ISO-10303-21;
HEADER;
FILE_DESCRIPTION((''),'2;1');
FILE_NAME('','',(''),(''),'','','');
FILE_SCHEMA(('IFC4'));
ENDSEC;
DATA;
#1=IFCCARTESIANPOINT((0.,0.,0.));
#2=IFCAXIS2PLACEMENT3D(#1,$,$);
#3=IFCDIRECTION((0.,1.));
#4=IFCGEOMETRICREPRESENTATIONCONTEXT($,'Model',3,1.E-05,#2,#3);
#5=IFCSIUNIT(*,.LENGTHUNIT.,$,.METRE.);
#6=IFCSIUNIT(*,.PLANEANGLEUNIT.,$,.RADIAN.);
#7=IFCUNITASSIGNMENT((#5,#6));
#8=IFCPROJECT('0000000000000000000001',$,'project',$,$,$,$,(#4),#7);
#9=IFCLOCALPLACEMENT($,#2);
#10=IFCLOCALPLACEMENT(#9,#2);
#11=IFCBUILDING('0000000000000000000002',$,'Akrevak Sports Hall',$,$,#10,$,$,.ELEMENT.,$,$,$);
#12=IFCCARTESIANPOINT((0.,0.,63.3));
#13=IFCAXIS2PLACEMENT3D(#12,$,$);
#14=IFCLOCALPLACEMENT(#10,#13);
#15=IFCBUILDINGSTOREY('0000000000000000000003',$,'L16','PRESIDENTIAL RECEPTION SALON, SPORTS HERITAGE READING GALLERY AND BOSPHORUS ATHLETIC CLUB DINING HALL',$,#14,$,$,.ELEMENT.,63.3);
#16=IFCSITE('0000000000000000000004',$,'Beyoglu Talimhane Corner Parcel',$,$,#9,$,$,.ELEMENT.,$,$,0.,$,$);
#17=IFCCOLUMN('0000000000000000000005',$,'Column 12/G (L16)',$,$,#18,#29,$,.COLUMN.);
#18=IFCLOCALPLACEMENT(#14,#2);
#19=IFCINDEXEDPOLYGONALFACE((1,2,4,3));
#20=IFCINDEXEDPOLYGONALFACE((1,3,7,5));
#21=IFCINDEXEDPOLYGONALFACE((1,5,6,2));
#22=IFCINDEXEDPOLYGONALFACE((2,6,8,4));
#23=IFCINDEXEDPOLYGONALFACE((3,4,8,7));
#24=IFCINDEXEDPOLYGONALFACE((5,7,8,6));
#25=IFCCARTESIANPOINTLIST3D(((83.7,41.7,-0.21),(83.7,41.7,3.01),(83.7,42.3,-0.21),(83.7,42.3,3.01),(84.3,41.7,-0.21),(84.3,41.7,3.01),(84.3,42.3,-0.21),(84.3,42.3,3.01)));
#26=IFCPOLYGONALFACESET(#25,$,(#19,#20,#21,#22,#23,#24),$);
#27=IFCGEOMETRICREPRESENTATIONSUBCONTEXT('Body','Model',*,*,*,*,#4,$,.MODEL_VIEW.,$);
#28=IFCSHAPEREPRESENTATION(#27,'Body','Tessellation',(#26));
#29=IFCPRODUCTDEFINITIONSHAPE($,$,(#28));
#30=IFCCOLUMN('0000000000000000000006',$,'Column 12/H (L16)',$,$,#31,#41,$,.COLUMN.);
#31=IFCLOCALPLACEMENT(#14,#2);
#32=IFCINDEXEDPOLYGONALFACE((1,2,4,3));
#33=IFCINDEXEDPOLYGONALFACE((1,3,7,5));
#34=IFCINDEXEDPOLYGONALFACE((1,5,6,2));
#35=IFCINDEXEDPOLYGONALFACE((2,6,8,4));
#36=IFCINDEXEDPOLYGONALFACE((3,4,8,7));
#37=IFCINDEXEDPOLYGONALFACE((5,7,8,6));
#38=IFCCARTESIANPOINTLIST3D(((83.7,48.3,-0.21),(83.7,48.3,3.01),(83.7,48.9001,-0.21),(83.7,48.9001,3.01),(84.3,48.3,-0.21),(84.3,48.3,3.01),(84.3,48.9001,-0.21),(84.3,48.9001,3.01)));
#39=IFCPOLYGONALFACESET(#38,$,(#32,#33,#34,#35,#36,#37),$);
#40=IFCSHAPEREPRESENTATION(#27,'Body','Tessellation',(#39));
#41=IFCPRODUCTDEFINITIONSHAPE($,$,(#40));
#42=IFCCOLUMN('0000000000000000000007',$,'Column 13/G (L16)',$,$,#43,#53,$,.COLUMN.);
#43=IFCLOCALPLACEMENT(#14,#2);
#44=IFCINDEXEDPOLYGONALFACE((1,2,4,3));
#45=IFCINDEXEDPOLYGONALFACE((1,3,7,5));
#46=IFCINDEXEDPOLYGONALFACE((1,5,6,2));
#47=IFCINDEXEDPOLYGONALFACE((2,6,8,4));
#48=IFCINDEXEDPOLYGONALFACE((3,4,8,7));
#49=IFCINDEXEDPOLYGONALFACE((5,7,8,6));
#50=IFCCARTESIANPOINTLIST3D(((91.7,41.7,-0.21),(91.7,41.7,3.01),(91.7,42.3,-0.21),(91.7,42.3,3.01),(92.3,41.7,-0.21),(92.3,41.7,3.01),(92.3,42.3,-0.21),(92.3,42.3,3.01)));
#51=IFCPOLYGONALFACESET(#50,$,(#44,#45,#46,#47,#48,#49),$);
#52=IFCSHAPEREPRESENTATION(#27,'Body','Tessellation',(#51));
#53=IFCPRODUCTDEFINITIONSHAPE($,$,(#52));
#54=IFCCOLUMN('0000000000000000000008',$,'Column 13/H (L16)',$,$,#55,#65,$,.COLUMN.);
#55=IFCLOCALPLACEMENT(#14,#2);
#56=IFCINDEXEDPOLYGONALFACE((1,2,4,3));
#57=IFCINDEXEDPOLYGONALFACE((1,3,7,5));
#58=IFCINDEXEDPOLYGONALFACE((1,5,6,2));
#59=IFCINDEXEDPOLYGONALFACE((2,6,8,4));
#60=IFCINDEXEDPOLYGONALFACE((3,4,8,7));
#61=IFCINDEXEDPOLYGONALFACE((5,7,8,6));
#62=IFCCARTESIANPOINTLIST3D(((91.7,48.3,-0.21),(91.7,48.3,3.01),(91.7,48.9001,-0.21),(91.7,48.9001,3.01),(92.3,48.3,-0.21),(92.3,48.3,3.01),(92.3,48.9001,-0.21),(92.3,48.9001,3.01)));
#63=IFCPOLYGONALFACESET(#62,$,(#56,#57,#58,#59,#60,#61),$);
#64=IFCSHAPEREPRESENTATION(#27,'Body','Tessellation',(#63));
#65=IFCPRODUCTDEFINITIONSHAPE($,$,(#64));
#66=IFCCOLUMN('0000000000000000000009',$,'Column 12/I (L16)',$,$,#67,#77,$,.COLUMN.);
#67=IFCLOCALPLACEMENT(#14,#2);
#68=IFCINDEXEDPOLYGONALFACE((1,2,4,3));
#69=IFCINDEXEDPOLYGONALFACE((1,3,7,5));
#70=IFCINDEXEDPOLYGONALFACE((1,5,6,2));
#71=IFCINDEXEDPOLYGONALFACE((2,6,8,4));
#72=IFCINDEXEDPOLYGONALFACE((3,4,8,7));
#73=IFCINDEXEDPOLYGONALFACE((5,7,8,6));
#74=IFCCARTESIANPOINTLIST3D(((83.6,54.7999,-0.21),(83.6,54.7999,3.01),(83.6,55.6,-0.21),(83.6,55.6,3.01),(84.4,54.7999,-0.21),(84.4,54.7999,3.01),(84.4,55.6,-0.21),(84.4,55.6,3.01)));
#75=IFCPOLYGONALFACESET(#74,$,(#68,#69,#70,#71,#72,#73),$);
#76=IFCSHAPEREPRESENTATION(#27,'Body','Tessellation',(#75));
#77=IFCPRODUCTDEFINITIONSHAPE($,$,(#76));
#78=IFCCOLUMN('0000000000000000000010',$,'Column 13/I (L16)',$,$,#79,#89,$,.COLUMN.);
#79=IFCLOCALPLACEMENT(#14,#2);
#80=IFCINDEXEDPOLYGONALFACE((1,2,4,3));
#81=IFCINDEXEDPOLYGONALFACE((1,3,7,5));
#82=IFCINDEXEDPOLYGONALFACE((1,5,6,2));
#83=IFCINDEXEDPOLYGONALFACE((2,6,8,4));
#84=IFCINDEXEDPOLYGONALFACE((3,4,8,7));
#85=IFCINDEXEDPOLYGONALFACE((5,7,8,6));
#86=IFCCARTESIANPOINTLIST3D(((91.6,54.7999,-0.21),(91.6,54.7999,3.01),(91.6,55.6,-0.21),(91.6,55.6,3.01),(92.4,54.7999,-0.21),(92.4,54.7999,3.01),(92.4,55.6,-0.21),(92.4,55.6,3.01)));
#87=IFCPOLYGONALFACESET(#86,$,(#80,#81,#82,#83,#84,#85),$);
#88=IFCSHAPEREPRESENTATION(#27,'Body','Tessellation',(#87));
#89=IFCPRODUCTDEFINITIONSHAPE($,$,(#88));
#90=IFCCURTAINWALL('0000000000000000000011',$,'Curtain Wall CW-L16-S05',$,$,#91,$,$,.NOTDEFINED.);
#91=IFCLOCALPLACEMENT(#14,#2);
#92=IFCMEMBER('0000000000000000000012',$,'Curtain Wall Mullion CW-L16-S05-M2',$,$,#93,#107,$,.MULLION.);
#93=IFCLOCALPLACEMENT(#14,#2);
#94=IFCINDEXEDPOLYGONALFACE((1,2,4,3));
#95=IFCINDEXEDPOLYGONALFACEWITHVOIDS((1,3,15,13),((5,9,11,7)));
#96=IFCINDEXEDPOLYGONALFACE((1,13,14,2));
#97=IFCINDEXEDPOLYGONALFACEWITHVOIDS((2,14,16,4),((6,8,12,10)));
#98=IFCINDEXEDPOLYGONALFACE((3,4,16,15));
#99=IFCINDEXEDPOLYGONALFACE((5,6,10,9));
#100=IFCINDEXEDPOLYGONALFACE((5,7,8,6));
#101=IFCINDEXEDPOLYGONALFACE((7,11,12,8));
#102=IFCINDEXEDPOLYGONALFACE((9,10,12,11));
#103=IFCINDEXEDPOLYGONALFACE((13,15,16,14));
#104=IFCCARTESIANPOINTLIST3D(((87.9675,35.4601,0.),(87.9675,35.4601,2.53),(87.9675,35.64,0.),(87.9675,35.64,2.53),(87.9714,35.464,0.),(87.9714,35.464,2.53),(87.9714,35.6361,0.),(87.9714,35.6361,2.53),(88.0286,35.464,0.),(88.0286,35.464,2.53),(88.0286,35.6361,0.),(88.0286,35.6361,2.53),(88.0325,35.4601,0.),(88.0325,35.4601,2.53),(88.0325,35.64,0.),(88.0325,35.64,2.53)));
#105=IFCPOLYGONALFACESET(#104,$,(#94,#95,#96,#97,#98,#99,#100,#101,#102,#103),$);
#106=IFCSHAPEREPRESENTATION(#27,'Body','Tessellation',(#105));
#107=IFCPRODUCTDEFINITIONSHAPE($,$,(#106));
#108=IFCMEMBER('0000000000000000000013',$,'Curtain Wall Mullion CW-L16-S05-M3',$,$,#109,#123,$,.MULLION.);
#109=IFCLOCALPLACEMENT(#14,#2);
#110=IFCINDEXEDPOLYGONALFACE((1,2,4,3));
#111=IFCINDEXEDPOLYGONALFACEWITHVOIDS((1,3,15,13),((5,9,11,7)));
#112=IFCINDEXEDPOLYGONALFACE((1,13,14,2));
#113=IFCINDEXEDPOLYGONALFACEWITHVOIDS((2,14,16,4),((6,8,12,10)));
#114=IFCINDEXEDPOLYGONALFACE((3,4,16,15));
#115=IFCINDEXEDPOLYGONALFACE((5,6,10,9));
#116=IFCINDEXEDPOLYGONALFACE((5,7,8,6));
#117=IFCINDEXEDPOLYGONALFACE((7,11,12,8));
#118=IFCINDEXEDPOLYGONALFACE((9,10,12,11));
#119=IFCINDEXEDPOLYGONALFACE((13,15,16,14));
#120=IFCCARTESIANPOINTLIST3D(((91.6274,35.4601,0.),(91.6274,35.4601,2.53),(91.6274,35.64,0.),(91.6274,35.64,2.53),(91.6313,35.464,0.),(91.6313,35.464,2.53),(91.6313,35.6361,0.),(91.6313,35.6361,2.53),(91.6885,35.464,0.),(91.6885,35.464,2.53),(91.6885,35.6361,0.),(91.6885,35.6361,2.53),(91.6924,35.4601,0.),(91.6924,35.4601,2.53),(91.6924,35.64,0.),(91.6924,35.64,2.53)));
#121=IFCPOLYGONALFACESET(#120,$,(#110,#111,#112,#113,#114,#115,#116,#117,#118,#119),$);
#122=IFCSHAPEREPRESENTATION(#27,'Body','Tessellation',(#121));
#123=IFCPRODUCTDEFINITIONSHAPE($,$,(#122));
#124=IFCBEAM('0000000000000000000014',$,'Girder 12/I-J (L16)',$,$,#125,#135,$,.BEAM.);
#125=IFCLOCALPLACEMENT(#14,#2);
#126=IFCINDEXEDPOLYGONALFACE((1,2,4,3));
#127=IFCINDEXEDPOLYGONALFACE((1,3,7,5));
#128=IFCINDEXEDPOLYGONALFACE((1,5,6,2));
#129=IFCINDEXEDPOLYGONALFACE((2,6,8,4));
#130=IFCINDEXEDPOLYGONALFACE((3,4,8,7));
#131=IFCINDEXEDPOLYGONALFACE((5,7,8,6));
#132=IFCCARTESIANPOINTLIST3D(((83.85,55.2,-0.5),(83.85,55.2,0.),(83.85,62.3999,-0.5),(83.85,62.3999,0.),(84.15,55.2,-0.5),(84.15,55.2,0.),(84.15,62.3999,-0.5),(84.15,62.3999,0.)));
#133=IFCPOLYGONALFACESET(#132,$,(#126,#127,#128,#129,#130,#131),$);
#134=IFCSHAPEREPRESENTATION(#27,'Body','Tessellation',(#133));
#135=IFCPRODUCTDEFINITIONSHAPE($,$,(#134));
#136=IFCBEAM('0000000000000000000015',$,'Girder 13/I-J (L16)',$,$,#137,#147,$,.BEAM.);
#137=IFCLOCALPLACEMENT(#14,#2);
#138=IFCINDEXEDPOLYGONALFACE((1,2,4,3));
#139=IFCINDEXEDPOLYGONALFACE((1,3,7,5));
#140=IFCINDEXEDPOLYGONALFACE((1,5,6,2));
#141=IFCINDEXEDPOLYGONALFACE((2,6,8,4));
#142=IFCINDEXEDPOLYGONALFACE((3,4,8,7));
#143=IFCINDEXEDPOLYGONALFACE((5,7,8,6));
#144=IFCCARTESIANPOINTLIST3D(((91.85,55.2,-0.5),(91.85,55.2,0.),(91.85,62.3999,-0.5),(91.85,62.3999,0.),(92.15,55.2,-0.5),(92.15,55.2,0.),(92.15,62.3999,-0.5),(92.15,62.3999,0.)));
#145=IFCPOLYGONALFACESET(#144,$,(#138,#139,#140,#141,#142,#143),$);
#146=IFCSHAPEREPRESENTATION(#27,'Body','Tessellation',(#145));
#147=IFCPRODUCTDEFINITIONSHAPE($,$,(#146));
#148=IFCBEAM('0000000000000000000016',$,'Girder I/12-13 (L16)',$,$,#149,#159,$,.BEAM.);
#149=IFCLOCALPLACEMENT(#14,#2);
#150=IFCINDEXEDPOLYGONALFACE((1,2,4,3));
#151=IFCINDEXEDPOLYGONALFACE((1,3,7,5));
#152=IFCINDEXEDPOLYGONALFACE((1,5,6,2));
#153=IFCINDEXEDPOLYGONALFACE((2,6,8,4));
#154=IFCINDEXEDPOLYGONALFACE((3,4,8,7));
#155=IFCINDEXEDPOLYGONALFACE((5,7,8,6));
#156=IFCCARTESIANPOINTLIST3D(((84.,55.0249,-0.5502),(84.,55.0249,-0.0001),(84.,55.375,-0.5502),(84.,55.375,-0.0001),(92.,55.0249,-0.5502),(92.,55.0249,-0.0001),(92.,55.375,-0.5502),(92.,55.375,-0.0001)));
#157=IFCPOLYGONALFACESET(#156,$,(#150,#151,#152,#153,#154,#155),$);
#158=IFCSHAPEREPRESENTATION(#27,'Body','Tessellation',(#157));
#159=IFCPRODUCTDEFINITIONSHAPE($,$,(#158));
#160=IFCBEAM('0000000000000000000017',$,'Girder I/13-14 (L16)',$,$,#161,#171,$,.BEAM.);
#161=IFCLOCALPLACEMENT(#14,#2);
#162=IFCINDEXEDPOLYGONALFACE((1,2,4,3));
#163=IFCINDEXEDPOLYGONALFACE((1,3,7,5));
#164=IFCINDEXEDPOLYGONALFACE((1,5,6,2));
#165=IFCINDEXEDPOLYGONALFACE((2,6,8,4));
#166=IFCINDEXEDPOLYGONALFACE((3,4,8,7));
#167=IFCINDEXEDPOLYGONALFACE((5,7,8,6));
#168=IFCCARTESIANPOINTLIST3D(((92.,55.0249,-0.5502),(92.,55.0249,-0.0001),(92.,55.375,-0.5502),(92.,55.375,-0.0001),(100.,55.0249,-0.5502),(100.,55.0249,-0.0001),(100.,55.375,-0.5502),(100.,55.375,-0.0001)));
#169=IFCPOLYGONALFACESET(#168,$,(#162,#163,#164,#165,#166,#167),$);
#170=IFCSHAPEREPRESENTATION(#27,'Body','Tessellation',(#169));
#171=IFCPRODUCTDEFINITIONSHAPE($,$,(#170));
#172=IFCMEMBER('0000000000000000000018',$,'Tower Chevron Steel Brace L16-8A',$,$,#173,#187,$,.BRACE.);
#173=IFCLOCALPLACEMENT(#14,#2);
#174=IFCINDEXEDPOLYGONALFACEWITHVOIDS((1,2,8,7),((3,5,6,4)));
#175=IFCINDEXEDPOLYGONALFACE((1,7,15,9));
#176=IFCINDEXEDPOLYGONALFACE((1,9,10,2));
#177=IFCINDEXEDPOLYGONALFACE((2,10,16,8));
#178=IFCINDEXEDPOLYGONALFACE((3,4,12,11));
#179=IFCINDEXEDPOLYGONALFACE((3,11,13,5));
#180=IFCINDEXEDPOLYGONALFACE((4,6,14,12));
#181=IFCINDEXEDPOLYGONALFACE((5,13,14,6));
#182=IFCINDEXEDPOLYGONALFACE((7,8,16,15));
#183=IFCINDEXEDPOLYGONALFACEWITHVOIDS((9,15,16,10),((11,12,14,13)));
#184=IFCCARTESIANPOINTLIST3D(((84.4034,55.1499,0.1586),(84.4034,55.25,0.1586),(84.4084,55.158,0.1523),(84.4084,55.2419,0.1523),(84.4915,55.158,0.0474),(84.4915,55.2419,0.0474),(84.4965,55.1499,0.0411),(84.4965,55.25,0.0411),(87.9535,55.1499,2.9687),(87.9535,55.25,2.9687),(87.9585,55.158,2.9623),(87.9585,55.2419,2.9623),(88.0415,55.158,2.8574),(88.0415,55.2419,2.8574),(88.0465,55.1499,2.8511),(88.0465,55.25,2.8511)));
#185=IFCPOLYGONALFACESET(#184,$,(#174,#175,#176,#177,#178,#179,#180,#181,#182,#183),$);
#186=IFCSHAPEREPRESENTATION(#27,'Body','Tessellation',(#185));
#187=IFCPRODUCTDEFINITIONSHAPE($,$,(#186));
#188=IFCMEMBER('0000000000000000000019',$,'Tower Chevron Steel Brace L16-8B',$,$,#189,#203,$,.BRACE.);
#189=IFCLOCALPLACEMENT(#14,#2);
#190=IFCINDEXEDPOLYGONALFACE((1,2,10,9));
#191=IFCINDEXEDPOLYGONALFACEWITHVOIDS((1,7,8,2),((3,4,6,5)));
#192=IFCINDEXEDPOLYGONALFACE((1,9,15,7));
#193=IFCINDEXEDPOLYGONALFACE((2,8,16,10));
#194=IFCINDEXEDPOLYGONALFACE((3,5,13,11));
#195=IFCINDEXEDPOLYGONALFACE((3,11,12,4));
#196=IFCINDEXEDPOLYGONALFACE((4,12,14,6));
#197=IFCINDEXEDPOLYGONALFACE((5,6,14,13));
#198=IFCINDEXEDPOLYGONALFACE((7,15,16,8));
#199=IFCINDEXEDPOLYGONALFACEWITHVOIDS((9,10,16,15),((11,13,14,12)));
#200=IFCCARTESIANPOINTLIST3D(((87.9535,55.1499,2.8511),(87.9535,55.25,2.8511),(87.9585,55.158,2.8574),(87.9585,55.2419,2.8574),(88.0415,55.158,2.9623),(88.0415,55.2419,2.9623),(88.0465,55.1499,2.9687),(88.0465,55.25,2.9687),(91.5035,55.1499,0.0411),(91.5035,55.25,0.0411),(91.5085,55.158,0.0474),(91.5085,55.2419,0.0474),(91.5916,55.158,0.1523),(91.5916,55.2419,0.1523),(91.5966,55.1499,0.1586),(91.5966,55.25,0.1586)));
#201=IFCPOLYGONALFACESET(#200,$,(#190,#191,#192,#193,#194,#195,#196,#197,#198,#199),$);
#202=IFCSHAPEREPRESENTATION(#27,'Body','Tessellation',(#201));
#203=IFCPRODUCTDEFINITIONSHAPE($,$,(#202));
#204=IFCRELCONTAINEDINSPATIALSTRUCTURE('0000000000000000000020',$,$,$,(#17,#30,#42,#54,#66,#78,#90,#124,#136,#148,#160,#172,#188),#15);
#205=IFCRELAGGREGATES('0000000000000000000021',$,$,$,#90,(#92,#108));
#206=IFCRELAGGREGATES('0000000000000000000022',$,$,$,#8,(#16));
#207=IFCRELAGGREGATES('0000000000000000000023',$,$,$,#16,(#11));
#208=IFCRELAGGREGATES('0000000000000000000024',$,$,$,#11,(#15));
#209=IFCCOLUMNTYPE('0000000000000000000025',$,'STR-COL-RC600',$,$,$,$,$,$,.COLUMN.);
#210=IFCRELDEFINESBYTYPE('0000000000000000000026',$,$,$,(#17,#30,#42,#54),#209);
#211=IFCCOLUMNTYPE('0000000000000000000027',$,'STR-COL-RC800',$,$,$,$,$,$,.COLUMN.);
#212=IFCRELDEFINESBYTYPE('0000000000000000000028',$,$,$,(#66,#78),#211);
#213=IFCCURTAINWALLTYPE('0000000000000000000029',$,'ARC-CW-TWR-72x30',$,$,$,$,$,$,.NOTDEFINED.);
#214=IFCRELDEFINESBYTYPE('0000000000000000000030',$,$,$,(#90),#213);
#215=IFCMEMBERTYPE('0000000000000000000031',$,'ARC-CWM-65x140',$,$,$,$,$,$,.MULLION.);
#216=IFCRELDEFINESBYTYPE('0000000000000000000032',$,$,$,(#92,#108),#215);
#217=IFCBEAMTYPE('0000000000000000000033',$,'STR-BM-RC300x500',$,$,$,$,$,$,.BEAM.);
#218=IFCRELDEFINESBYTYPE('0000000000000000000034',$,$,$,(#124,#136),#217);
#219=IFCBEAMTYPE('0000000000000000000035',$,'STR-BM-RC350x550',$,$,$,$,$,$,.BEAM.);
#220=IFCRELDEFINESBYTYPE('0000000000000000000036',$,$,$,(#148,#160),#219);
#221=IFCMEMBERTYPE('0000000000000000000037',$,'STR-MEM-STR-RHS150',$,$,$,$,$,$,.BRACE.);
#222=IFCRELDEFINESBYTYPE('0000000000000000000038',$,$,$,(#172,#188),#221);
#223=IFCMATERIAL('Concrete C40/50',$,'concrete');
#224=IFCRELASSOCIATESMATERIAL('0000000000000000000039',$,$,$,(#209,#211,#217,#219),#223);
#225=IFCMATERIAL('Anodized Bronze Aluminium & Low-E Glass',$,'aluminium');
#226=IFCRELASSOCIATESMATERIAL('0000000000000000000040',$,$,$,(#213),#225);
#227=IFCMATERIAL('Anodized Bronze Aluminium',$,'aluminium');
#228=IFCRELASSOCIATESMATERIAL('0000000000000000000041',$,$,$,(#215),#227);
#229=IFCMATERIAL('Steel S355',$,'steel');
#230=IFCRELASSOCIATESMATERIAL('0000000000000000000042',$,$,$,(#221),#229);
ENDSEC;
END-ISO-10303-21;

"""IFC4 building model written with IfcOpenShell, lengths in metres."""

from ifc_helpers import new_model, si_unit, direction, frame, origin, origin_2d, place, context, subcontext, project, spatial, rectangle, hollow_rectangle, extrude, material, material_profile, profile_set, type_object, element, aggregate, save


model = new_model("IFC4")

# Units and contexts
model_context = context("Model", 3, precision=1e-05, world=origin(), true_north=direction((0.0, 1.0)))
body_context = subcontext(model_context, "Body", "Model", "MODEL_VIEW")
ifc_project = project(units=[si_unit("LENGTHUNIT", "METRE"), si_unit("PLANEANGLEUNIT", "RADIAN")], contexts=[model_context])

# Site, building, storey
site_placement = place(None, origin())
site = spatial("IfcSite", under=ifc_project, at=site_placement, Name="Beyoglu Talimhane Corner Parcel", CompositionType="ELEMENT", RefElevation=0.0)
building_placement = place(site_placement, origin())
building = spatial("IfcBuilding", under=site, at=building_placement, Name="Akrevak Sports Hall", CompositionType="ELEMENT")
storey_placement = place(building_placement, frame((0.0, 0.0, 63.3)))
storey = spatial("IfcBuildingStorey", under=building, at=storey_placement, Name="L16", Description="PRESIDENTIAL RECEPTION SALON, SPORTS HERITAGE READING GALLERY AND BOSPHORUS ATHLETIC CLUB DINING HALL", CompositionType="ELEMENT", Elevation=63.3)

# Columns
ifc_material_1 = material(Name="Concrete C40/50", Category="concrete")
ifc_material_profile_1 = material_profile(ifc_material_1, rectangle(XDim=0.6001, YDim=0.6001, at=origin_2d()), Name="RC 600x600", Category="concrete")
ifc_profile_set_1 = profile_set([ifc_material_profile_1], Name="Concrete C40/50")
column_type_1 = type_object("IfcColumnType", Name="STR-COL-RC600", PredefinedType="COLUMN", material=ifc_profile_set_1)
for number, where, z_axis, x_axis, name in (
    (1, (84.0, 42.0, -0.21), (0.0, 0.0, 1.0), (1.0, 0.0, 0.0), "Column 12/G (L16)"),
    (2, (84.0, 48.6001, -0.21), (0.0, 0.0, 1.0), (1.0, 0.0, 0.0), "Column 12/H (L16)"),
    (3, (92.0, 42.0, -0.21), (0.0, 0.0, 1.0), (1.0, 0.0, 0.0), "Column 13/G (L16)"),
    (4, (92.0, 48.6001, -0.21), (0.0, 0.0, 1.0), (1.0, 0.0, 0.0), "Column 13/H (L16)"),
):
    element("IfcColumn", number, at=place(storey_placement, frame(where, z_axis=z_axis, x_axis=x_axis)), inside=storey, type_object=column_type_1, Name=name, PredefinedType="COLUMN", context=body_context, shape_type="SweptSolid", body=[
        extrude(rectangle(XDim=0.6001, YDim=0.6001, at=origin_2d()), origin(), (0.0, 0.0, 1.0), 3.22),
    ])
ifc_material_profile_2 = material_profile(ifc_material_1, rectangle(XDim=0.8, YDim=0.8, at=origin_2d()), Name="RC 800x800", Category="concrete")
ifc_profile_set_2 = profile_set([ifc_material_profile_2], Name="Concrete C40/50")
column_type_2 = type_object("IfcColumnType", Name="STR-COL-RC800", PredefinedType="COLUMN", material=ifc_profile_set_2)
for number, where, z_axis, x_axis, name in (
    (5, (84.0, 55.2, -0.21), (0.0, 0.0, 1.0), (1.0, 0.0, 0.0), "Column 12/I (L16)"),
    (6, (92.0, 55.2, -0.21), (0.0, 0.0, 1.0), (1.0, 0.0, 0.0), "Column 13/I (L16)"),
):
    element("IfcColumn", number, at=place(storey_placement, frame(where, z_axis=z_axis, x_axis=x_axis)), inside=storey, type_object=column_type_2, Name=name, PredefinedType="COLUMN", context=body_context, shape_type="SweptSolid", body=[
        extrude(rectangle(XDim=0.8, YDim=0.8, at=origin_2d()), origin(), (0.0, 0.0, 1.0), 3.22),
    ])

# Curtain wall, members
ifc_material_2 = material(Name="Anodized Bronze Aluminium & Low-E Glass", Category="aluminium")
curtain_wall_type = type_object("IfcCurtainWallType", Name="ARC-CW-TWR-72x30", PredefinedType="NOTDEFINED", material=ifc_material_2)
curtain_wall_placement = place(storey_placement, origin())
curtain_wall = element("IfcCurtainWall", 7, at=curtain_wall_placement, inside=storey, type_object=curtain_wall_type, Name="Curtain Wall CW-L16-S05", PredefinedType="NOTDEFINED")
ifc_material_3 = material(Name="Anodized Bronze Aluminium", Category="aluminium")
ifc_material_profile_3 = material_profile(ifc_material_3, hollow_rectangle(XDim=0.0649, YDim=0.1799, WallThickness=0.0039, at=origin_2d()), Name="CWM 65x180", Category="aluminium")
ifc_profile_set_3 = profile_set([ifc_material_profile_3], Name="Anodized Bronze Aluminium")
member_type_1 = type_object("IfcMemberType", Name="ARC-CWM-65x140", PredefinedType="MULLION", material=ifc_profile_set_3)
member_1_placement = place(storey_placement, frame((88.0, 35.55, 0.0), z_axis=(0.0, 0.0, 1.0), x_axis=(1.0, 0.0, 0.0)))
member_1 = element("IfcMember", 8, at=member_1_placement, type_object=member_type_1, Name="Curtain Wall Mullion CW-L16-S05-M2", PredefinedType="MULLION", context=body_context, shape_type="SweptSolid", body=[
    extrude(hollow_rectangle(XDim=0.0649, YDim=0.1799, WallThickness=0.0039, at=origin_2d()), origin(), (0.0, 0.0, 1.0), 2.53),
])
member_2_placement = place(storey_placement, frame((91.6599, 35.55, 0.0), z_axis=(0.0, 0.0, 1.0), x_axis=(1.0, 0.0, 0.0)))
member_2 = element("IfcMember", 9, at=member_2_placement, type_object=member_type_1, Name="Curtain Wall Mullion CW-L16-S05-M3", PredefinedType="MULLION", context=body_context, shape_type="SweptSolid", body=[
    extrude(hollow_rectangle(XDim=0.0649, YDim=0.1799, WallThickness=0.0039, at=origin_2d()), origin(), (0.0, 0.0, 1.0), 2.53),
])

# Beams
ifc_material_profile_4 = material_profile(ifc_material_1, rectangle(XDim=0.3, YDim=0.5, at=origin_2d()), Name="BM 300x500", Category="concrete")
ifc_profile_set_4 = profile_set([ifc_material_profile_4], Name="Concrete C40/50")
beam_type_1 = type_object("IfcBeamType", Name="STR-BM-RC300x500", PredefinedType="BEAM", material=ifc_profile_set_4)
for number, where, z_axis, x_axis, name in (
    (10, (84.0, 55.2, -0.25), (0.0, 1.0, 0.0), (-1.0, 0.0, 0.0), "Girder 12/I-J (L16)"),
    (11, (92.0, 55.2, -0.25), (0.0, 1.0, 0.0), (-1.0, 0.0, 0.0), "Girder 13/I-J (L16)"),
):
    element("IfcBeam", number, at=place(storey_placement, frame(where, z_axis=z_axis, x_axis=x_axis)), inside=storey, type_object=beam_type_1, Name=name, PredefinedType="BEAM", context=body_context, shape_type="SweptSolid", body=[
        extrude(rectangle(XDim=0.3, YDim=0.5, at=origin_2d()), origin(), (0.0, 0.0, 1.0), 7.2),
    ])
ifc_material_profile_5 = material_profile(ifc_material_1, rectangle(XDim=0.3501, YDim=0.55, at=origin_2d()), Name="BM 350x550", Category="concrete")
ifc_profile_set_5 = profile_set([ifc_material_profile_5], Name="Concrete C40/50")
beam_type_2 = type_object("IfcBeamType", Name="STR-BM-RC350x550", PredefinedType="BEAM", material=ifc_profile_set_5)
for number, where, z_axis, x_axis, name in (
    (12, (84.0, 55.2, -0.2751), (1.0, 0.0, 0.0), (0.0, 1.0, 0.0), "Girder I/12-13 (L16)"),
    (13, (92.0, 55.2, -0.2751), (1.0, 0.0, 0.0), (0.0, 1.0, 0.0), "Girder I/13-14 (L16)"),
):
    element("IfcBeam", number, at=place(storey_placement, frame(where, z_axis=z_axis, x_axis=x_axis)), inside=storey, type_object=beam_type_2, Name=name, PredefinedType="BEAM", context=body_context, shape_type="SweptSolid", body=[
        extrude(rectangle(XDim=0.3501, YDim=0.55, at=origin_2d()), origin(), (0.0, 0.0, 1.0), 8.0),
    ])

# Members
ifc_material_4 = material(Name="Steel S355", Category="steel")
ifc_material_profile_6 = material_profile(ifc_material_4, hollow_rectangle(XDim=0.1001, YDim=0.1499, WallThickness=0.0081, at=origin_2d()), Name="RHS 150x100x8", Category="steel")
ifc_profile_set_6 = profile_set([ifc_material_profile_6], Name="Steel S355")
member_type_2 = type_object("IfcMemberType", Name="STR-MEM-STR-RHS150", PredefinedType="BRACE", material=ifc_profile_set_6)
for number, where, z_axis, x_axis, name in (
    (14, (84.45, 55.2, 0.0999), (0.784088, 0.0, 0.620649), (0.0, 1.0, 0.0), "Tower Chevron Steel Brace L16-8A"),
    (15, (91.55, 55.2, 0.0999), (-0.784088, 0.0, 0.620649), (0.0, -1.0, 0.0), "Tower Chevron Steel Brace L16-8B"),
):
    element("IfcMember", number, at=place(storey_placement, frame(where, z_axis=z_axis, x_axis=x_axis)), inside=storey, type_object=member_type_2, Name=name, PredefinedType="BRACE", context=body_context, shape_type="SweptSolid", body=[
        extrude(hollow_rectangle(XDim=0.1001, YDim=0.1499, WallThickness=0.0081, at=origin_2d()), origin(), (0.0, 0.0, 1.0), 4.5276),
    ])

aggregate(curtain_wall, [member_1, member_2])

save(model, "model.ifc")
